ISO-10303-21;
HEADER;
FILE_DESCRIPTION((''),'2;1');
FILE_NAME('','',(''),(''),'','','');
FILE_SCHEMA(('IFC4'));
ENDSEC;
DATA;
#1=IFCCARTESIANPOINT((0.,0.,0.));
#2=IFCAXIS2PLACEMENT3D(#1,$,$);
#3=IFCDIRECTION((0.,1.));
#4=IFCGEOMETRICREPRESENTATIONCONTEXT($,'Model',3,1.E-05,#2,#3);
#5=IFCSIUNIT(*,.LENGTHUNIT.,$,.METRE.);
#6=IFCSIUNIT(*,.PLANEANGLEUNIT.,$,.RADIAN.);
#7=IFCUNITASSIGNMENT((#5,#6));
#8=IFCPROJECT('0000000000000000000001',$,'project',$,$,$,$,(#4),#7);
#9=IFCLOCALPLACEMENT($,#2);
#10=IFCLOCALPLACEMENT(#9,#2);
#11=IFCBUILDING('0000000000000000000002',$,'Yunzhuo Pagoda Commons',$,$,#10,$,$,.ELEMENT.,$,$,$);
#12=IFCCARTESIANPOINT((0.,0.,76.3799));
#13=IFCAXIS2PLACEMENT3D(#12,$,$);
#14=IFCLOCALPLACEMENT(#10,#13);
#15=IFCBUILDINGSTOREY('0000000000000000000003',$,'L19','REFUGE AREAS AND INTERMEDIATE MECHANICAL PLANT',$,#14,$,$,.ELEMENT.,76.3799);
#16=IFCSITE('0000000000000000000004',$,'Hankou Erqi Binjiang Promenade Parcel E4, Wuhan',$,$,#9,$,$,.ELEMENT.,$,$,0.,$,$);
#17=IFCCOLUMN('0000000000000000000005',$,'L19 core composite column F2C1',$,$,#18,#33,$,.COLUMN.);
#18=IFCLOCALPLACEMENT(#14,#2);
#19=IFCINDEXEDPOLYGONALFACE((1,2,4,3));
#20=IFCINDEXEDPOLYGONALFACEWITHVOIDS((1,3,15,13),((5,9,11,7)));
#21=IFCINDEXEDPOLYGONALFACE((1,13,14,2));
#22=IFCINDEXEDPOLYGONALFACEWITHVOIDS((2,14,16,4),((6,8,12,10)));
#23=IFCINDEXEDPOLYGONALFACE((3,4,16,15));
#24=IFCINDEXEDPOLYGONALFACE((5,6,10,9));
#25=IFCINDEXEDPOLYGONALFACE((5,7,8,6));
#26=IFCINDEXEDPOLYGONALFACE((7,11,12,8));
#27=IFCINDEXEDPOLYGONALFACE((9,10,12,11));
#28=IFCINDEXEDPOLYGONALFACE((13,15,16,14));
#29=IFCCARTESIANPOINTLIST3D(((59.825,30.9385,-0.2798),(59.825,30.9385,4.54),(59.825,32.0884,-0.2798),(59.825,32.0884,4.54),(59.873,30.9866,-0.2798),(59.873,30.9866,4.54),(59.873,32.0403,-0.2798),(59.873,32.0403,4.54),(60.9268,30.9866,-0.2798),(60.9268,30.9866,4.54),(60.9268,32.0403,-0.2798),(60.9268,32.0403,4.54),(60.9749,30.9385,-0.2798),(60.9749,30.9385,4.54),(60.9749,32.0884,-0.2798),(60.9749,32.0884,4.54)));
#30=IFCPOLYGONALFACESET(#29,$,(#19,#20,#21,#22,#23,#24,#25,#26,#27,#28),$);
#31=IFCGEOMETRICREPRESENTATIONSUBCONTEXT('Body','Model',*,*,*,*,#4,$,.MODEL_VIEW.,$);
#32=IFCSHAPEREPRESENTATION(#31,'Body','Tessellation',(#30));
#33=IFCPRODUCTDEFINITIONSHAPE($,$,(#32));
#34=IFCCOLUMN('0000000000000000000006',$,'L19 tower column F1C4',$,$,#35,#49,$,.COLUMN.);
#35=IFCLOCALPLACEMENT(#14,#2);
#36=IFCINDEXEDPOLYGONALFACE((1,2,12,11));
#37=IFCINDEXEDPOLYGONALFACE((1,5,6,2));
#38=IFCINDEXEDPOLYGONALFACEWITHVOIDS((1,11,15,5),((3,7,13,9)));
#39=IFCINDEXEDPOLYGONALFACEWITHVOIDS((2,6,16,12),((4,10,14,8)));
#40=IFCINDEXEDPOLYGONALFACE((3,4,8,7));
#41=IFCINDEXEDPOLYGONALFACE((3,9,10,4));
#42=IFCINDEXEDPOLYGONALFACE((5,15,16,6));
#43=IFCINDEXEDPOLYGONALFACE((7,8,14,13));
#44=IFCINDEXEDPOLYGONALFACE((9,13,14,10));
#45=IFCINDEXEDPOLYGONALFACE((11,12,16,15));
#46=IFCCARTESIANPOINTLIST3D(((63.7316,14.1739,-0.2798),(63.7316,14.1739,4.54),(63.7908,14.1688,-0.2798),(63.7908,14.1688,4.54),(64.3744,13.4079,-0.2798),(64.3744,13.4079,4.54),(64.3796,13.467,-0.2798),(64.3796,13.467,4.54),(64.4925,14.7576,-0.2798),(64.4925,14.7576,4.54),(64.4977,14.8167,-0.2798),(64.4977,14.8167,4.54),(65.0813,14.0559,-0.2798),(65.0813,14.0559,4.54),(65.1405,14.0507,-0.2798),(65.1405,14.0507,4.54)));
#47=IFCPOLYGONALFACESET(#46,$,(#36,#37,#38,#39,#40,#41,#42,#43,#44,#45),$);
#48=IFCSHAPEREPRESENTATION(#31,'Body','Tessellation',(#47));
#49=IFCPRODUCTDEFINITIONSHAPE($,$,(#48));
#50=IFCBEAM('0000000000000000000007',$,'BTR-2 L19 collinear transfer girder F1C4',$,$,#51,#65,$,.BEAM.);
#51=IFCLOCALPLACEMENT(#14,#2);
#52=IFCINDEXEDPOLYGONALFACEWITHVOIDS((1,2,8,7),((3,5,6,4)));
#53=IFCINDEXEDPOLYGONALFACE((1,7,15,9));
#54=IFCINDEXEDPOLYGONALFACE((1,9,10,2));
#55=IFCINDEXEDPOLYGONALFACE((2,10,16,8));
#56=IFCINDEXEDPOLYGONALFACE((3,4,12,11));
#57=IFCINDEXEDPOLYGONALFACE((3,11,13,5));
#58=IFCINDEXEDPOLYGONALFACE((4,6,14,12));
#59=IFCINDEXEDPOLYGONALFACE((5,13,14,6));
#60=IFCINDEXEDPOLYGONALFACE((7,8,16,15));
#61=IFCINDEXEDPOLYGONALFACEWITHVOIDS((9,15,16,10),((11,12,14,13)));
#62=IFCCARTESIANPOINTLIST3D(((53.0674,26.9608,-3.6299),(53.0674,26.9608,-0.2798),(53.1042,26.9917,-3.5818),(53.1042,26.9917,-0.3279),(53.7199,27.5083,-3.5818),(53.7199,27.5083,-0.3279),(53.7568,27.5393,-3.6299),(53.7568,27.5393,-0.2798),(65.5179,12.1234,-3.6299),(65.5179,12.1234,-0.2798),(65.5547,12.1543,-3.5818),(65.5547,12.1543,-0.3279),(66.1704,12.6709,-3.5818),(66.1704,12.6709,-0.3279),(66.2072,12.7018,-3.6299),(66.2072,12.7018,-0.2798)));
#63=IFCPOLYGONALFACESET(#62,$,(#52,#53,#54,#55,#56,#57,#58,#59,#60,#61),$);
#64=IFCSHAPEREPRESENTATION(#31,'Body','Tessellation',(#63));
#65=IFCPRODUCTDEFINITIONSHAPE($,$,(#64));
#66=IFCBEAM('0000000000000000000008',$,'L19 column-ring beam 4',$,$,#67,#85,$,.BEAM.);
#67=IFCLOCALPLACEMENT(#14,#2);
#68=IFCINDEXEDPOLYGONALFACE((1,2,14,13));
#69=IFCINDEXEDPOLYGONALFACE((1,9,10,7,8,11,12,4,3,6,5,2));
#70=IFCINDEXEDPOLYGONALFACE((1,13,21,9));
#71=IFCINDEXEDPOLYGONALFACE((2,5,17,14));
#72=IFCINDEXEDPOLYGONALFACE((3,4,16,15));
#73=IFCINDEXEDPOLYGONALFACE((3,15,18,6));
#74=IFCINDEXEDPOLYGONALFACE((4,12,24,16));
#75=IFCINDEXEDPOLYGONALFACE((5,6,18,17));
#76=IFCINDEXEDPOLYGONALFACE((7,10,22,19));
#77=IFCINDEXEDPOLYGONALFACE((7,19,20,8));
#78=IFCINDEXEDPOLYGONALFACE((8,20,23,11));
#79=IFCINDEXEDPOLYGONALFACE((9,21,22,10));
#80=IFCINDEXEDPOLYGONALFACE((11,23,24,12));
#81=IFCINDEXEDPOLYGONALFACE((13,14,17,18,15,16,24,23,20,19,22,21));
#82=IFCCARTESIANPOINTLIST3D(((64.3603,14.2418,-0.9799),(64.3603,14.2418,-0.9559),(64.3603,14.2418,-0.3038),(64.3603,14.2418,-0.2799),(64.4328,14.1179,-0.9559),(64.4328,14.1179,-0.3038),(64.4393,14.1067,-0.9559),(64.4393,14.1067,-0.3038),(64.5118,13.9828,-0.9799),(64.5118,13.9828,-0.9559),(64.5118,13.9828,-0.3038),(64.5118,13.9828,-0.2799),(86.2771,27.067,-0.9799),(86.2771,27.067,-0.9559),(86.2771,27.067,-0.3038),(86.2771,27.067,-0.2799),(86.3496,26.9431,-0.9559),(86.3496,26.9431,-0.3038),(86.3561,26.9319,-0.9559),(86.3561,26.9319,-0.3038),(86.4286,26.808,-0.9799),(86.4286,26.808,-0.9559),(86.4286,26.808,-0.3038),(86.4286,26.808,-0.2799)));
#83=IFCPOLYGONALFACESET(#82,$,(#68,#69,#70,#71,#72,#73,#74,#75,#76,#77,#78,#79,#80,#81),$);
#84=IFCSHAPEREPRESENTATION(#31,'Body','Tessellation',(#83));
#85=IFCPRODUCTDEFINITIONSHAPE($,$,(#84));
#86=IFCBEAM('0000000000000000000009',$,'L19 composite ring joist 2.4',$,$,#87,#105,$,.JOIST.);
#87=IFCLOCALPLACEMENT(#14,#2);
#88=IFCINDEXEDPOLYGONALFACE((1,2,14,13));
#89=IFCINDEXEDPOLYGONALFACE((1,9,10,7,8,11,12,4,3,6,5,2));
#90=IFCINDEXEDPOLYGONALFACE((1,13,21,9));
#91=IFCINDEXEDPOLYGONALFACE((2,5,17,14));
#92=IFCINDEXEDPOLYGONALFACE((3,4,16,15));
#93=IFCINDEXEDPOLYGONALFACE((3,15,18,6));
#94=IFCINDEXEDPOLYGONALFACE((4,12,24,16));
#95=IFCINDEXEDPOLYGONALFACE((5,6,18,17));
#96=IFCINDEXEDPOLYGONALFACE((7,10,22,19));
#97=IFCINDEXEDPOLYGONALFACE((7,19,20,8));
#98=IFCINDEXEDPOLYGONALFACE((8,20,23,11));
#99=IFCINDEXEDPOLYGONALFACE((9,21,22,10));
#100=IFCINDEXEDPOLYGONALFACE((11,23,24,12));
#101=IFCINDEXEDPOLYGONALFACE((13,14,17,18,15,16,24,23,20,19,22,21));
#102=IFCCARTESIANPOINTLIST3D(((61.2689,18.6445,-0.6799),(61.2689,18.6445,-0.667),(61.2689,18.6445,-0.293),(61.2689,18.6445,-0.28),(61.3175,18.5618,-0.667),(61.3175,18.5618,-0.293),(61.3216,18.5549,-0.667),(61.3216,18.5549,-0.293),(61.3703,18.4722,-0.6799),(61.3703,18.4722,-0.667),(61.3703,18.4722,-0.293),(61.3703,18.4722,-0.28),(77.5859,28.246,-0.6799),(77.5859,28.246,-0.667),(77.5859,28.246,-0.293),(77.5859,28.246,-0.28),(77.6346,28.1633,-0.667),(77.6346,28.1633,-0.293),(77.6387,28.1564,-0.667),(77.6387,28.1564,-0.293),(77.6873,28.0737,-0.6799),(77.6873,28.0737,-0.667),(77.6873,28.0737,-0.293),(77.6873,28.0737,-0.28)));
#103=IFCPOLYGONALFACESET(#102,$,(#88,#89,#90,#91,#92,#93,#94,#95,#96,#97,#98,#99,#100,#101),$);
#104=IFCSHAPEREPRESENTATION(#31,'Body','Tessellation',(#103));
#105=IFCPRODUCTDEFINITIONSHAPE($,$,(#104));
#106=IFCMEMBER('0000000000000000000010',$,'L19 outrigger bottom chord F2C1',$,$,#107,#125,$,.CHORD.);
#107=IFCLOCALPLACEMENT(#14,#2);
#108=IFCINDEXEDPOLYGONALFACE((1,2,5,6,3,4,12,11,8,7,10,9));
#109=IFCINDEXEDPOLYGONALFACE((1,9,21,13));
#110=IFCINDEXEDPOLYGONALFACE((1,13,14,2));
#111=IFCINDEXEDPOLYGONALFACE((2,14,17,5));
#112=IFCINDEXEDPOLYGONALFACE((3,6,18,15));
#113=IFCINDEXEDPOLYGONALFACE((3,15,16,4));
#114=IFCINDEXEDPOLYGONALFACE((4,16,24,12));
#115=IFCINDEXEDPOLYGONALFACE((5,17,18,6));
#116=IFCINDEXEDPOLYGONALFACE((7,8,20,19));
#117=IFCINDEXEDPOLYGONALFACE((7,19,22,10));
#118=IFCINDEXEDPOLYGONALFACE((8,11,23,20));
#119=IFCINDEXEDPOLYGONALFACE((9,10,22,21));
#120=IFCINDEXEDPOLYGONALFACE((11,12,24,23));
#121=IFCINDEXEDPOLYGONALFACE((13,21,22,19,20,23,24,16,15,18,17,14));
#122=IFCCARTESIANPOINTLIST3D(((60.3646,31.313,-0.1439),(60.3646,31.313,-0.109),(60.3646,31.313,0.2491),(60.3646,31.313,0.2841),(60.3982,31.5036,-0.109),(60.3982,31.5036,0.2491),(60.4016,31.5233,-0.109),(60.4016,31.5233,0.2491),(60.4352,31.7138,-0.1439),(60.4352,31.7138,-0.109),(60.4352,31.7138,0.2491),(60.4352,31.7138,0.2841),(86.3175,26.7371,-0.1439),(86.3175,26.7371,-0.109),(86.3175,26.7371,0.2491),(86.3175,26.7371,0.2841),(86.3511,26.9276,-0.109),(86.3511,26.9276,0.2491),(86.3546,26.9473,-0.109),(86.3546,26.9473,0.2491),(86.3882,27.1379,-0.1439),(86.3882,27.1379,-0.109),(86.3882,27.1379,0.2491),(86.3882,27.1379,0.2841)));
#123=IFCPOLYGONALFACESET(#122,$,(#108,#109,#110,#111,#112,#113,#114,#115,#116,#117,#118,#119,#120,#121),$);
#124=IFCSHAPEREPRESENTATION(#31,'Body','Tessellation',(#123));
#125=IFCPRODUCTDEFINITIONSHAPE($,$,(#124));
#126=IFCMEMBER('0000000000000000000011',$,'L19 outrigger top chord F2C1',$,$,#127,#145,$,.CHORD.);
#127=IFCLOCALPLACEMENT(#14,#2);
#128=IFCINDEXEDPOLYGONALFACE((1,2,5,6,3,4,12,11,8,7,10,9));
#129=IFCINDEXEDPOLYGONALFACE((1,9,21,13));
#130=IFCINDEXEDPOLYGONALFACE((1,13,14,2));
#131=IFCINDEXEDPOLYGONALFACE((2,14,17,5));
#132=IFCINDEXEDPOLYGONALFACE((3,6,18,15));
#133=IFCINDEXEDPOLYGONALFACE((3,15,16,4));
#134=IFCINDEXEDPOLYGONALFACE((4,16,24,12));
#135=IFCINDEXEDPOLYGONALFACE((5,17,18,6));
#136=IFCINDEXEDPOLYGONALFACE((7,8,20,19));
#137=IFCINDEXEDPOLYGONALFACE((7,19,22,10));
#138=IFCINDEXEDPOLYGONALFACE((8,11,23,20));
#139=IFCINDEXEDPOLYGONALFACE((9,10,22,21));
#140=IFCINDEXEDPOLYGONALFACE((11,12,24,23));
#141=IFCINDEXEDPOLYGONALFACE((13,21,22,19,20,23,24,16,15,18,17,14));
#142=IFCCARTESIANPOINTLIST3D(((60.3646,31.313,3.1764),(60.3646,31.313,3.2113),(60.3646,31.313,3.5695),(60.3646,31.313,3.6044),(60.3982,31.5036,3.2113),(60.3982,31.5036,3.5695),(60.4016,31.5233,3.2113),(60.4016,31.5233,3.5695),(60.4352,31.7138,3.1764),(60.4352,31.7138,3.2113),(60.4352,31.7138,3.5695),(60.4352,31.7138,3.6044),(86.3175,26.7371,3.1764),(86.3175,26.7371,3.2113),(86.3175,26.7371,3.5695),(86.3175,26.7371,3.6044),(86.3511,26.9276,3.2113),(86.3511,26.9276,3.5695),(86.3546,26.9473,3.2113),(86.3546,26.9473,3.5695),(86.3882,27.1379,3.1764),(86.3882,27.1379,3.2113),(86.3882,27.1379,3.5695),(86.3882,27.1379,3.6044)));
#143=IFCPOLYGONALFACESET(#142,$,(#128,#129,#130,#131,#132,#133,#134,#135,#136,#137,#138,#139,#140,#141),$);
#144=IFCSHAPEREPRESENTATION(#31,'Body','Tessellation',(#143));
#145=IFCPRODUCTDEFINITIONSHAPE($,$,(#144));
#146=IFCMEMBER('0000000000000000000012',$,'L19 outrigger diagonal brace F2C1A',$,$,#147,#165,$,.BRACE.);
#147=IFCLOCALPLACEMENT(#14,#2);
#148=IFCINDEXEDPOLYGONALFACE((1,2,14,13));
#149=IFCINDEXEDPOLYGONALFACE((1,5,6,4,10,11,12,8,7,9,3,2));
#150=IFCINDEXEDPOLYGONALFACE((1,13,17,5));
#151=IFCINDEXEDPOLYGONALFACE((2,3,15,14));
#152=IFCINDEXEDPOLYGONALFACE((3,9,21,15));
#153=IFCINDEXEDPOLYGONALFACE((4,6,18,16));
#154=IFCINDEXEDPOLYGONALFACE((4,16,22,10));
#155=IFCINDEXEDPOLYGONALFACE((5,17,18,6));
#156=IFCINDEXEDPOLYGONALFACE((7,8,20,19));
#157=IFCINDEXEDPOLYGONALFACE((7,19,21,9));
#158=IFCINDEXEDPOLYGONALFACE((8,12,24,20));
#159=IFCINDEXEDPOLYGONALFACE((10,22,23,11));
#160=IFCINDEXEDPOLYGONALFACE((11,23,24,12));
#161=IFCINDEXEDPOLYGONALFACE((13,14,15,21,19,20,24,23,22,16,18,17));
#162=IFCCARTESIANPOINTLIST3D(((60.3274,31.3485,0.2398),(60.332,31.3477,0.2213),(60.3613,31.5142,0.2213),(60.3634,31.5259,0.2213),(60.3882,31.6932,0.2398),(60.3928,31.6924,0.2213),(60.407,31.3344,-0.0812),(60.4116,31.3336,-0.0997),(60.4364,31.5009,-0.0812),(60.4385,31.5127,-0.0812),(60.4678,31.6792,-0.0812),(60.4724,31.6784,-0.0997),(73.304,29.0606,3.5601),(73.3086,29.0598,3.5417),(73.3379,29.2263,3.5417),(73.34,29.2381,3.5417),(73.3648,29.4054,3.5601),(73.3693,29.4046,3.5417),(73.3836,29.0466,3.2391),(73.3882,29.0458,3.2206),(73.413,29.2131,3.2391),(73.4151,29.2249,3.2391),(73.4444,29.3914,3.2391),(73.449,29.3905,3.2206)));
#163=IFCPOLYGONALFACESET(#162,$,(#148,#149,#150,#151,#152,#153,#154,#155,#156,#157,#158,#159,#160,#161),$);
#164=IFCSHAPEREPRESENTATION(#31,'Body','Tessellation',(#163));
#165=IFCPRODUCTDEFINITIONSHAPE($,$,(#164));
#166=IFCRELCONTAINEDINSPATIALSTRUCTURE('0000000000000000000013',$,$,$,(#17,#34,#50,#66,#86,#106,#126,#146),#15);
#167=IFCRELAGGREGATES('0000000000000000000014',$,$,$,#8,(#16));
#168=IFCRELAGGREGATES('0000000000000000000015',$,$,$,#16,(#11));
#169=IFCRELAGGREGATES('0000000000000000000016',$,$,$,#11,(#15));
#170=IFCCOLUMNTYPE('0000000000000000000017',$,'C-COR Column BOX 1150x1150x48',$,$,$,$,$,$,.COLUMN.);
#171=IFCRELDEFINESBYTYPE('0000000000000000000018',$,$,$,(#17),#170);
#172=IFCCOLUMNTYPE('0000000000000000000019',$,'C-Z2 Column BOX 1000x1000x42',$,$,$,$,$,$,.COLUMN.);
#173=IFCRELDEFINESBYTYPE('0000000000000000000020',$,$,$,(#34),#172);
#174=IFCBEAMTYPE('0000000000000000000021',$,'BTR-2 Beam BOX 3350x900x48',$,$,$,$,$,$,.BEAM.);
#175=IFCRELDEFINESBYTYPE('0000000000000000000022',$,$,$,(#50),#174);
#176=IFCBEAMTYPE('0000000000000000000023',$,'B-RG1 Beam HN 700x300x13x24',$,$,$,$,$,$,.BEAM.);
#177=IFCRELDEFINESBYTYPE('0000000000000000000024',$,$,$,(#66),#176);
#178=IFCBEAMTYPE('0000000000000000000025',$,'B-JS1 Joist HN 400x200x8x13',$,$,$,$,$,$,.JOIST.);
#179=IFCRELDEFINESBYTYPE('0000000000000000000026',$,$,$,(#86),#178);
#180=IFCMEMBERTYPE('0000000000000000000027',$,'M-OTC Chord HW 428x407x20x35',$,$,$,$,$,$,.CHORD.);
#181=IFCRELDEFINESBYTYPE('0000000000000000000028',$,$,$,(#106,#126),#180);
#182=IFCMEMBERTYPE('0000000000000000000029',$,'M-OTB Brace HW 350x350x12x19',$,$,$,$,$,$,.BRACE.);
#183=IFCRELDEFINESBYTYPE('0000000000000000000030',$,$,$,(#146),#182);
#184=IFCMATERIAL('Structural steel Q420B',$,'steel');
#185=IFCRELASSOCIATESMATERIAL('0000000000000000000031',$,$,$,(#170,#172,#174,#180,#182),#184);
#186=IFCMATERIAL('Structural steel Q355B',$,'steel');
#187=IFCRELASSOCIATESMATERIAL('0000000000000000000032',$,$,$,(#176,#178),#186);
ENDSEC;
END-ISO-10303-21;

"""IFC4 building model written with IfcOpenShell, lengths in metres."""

from ifc_helpers import new_model, si_unit, direction, frame, origin, origin_2d, place, context, subcontext, project, spatial, hollow_rectangle, i_section, extrude, source, transform, mapped, material, material_profile, profile_set, type_object, element, save


model = new_model("IFC4")

# Units and contexts
model_context = context("Model", 3, precision=1e-05, world=origin(), true_north=direction((0.0, 1.0)))
body_context = subcontext(model_context, "Body", "Model", "MODEL_VIEW")
ifc_project = project(units=[si_unit("LENGTHUNIT", "METRE"), si_unit("PLANEANGLEUNIT", "RADIAN")], contexts=[model_context])

# Site, building, storey
site_placement = place(None, origin())
site = spatial("IfcSite", under=ifc_project, at=site_placement, Name="Hankou Erqi Binjiang Promenade Parcel E4, Wuhan", CompositionType="ELEMENT", RefElevation=0.0)
building_placement = place(site_placement, origin())
building = spatial("IfcBuilding", under=site, at=building_placement, Name="Yunzhuo Pagoda Commons", CompositionType="ELEMENT")
storey_placement = place(building_placement, frame((0.0, 0.0, 76.3799)))
storey = spatial("IfcBuildingStorey", under=building, at=storey_placement, Name="L19", Description="REFUGE AREAS AND INTERMEDIATE MECHANICAL PLANT", CompositionType="ELEMENT", Elevation=76.3799)

# Columns
ifc_material_1 = material(Name="Structural steel Q420B", Category="steel")
ifc_material_profile_1 = material_profile(ifc_material_1, hollow_rectangle(XDim=1.1499, YDim=1.1499, WallThickness=0.0481, at=origin_2d()), Name="Structural steel Q420B")
ifc_profile_set_1 = profile_set([ifc_material_profile_1], Name="Structural steel Q420B")
column_type_1 = type_object("IfcColumnType", Name="C-COR Column BOX 1150x1150x48", PredefinedType="COLUMN", material=ifc_profile_set_1)
shared_shape_1 = source(origin(), body_context, "Body", "SweptSolid", [
    extrude(hollow_rectangle(XDim=1.1499, YDim=1.1499, WallThickness=0.0481, at=origin_2d()), origin(), (0.0, 0.0, 1.0), 4.8198),
])
column_1_placement = place(storey_placement, frame((60.3999, 31.5134, -0.2798), z_axis=(0.0, 0.0, 1.0), x_axis=(1.0, 0.0, 0.0)))
element("IfcColumn", 1, at=column_1_placement, inside=storey, type_object=column_type_1, Name="L19 core composite column F2C1", PredefinedType="COLUMN", context=body_context, shape_type="MappedRepresentation", body=[
    mapped(shared_shape_1, transform((0.0, 0.0, 0.0), scale=1.0)),
])
ifc_material_profile_2 = material_profile(ifc_material_1, hollow_rectangle(XDim=1.0, YDim=1.0, WallThickness=0.042, at=origin_2d()), Name="Structural steel Q420B")
ifc_profile_set_2 = profile_set([ifc_material_profile_2], Name="Structural steel Q420B")
column_type_2 = type_object("IfcColumnType", Name="C-Z2 Column BOX 1000x1000x42", PredefinedType="COLUMN", material=ifc_profile_set_2)
shared_shape_2 = source(origin(), body_context, "Body", "SweptSolid", [
    extrude(hollow_rectangle(XDim=1.0, YDim=1.0, WallThickness=0.042, at=origin_2d()), origin(), (0.0, 0.0, 1.0), 4.8198),
])
column_2_placement = place(storey_placement, frame((64.436, 14.1123, -0.2798), z_axis=(0.0, 0.0, 1.0), x_axis=(0.766044, 0.642788, 0.0)))
element("IfcColumn", 2, at=column_2_placement, inside=storey, type_object=column_type_2, Name="L19 tower column F1C4", PredefinedType="COLUMN", context=body_context, shape_type="MappedRepresentation", body=[
    mapped(shared_shape_2, transform((0.0, 0.0, 0.0), scale=1.0)),
])

# Beams
ifc_material_profile_3 = material_profile(ifc_material_1, hollow_rectangle(XDim=0.8999, YDim=3.3501, WallThickness=0.0481, at=origin_2d()), Name="Structural steel Q420B")
ifc_profile_set_3 = profile_set([ifc_material_profile_3], Name="Structural steel Q420B")
beam_type_1 = type_object("IfcBeamType", Name="BTR-2 Beam BOX 3350x900x48", PredefinedType="BEAM", material=ifc_profile_set_3)
shared_shape_3 = source(origin(), body_context, "Body", "SweptSolid", [
    extrude(hollow_rectangle(XDim=0.8999, YDim=3.3501, WallThickness=0.0481, at=origin_2d()), origin(), (0.0, 0.0, 1.0), 19.3691),
])
beam_1_placement = place(storey_placement, frame((65.8625, 12.4126, -1.9548), z_axis=(-0.642799, 0.766035, 0.0), x_axis=(-0.766035, -0.642799, 0.0)))
element("IfcBeam", 3, at=beam_1_placement, inside=storey, type_object=beam_type_1, Name="BTR-2 L19 collinear transfer girder F1C4", PredefinedType="BEAM", context=body_context, shape_type="MappedRepresentation", body=[
    mapped(shared_shape_3, transform((0.0, 0.0, 0.0), scale=1.0)),
])
ifc_material_2 = material(Name="Structural steel Q355B", Category="steel")
ifc_material_profile_4 = material_profile(ifc_material_2, i_section(OverallWidth=0.3, OverallDepth=0.7, WebThickness=0.0129, FlangeThickness=0.0239, at=origin_2d()), Name="Structural steel Q355B")
ifc_profile_set_4 = profile_set([ifc_material_profile_4], Name="Structural steel Q355B")
beam_type_2 = type_object("IfcBeamType", Name="B-RG1 Beam HN 700x300x13x24", PredefinedType="BEAM", material=ifc_profile_set_4)
shared_shape_4 = source(origin(), body_context, "Body", "SweptSolid", [
    extrude(i_section(OverallWidth=0.3, OverallDepth=0.7, WebThickness=0.0129, FlangeThickness=0.0239, at=origin_2d()), origin(), (0.0, 0.0, 1.0), 25.3936),
])
beam_2_placement = place(storey_placement, frame((64.436, 14.1123, -0.6299), z_axis=(0.863085, 0.505058, 0.0), x_axis=(-0.505058, 0.863085, 0.0)))
element("IfcBeam", 4, at=beam_2_placement, inside=storey, type_object=beam_type_2, Name="L19 column-ring beam 4", PredefinedType="BEAM", context=body_context, shape_type="MappedRepresentation", body=[
    mapped(shared_shape_4, transform((0.0, 0.0, 0.0), scale=1.0)),
])
ifc_material_profile_5 = material_profile(ifc_material_2, i_section(OverallWidth=0.2, OverallDepth=0.3999, WebThickness=0.0081, FlangeThickness=0.0129, at=origin_2d()), Name="Structural steel Q355B")
ifc_profile_set_5 = profile_set([ifc_material_profile_5], Name="Structural steel Q355B")
beam_type_3 = type_object("IfcBeamType", Name="B-JS1 Joist HN 400x200x8x13", PredefinedType="JOIST", material=ifc_profile_set_5)
shared_shape_5 = source(origin(), body_context, "Body", "SweptSolid", [
    extrude(i_section(OverallWidth=0.2, OverallDepth=0.3999, WebThickness=0.0081, FlangeThickness=0.0129, at=origin_2d()), origin(), (0.0, 0.0, 1.0), 18.9324),
])
beam_3_placement = place(storey_placement, frame((61.3196, 18.5583, -0.48), z_axis=(0.861859, 0.507147, 0.0), x_axis=(-0.507147, 0.861859, 0.0)))
element("IfcBeam", 5, at=beam_3_placement, inside=storey, type_object=beam_type_3, Name="L19 composite ring joist 2.4", PredefinedType="JOIST", context=body_context, shape_type="MappedRepresentation", body=[
    mapped(shared_shape_5, transform((0.0, 0.0, 0.0), scale=1.0)),
])

# Members
ifc_material_profile_6 = material_profile(ifc_material_1, i_section(OverallWidth=0.407, OverallDepth=0.428, WebThickness=0.02, FlangeThickness=0.0349, at=origin_2d()), Name="Structural steel Q420B")
ifc_profile_set_6 = profile_set([ifc_material_profile_6], Name="Structural steel Q420B")
member_type_1 = type_object("IfcMemberType", Name="M-OTC Chord HW 428x407x20x35", PredefinedType="CHORD", material=ifc_profile_set_6)
shared_shape_6 = source(origin(), body_context, "Body", "SweptSolid", [
    extrude(i_section(OverallWidth=0.407, OverallDepth=0.428, WebThickness=0.02, FlangeThickness=0.0349, at=origin_2d()), origin(), (0.0, 0.0, 1.0), 26.3533),
])
for number, where, z_axis, x_axis, name in (
    (6, (60.3999, 31.5134, 0.0701), (0.984809, -0.173638, 0.0), (0.173638, 0.984809, 0.0), "L19 outrigger bottom chord F2C1"),
    (7, (60.3999, 31.5134, 3.3904), (0.984809, -0.173638, 0.0), (0.173638, 0.984809, 0.0), "L19 outrigger top chord F2C1"),
):
    element("IfcMember", number, at=place(storey_placement, frame(where, z_axis=z_axis, x_axis=x_axis)), inside=storey, type_object=member_type_1, Name=name, PredefinedType="CHORD", context=body_context, shape_type="MappedRepresentation", body=[
        mapped(shared_shape_6, transform((0.0, 0.0, 0.0), scale=1.0)),
    ])
ifc_material_profile_7 = material_profile(ifc_material_1, i_section(OverallWidth=0.3501, OverallDepth=0.3501, WebThickness=0.012, FlangeThickness=0.019, at=origin_2d()), Name="Structural steel Q420B")
ifc_profile_set_7 = profile_set([ifc_material_profile_7], Name="Structural steel Q420B")
member_type_2 = type_object("IfcMemberType", Name="M-OTB Brace HW 350x350x12x19", PredefinedType="BRACE", material=ifc_profile_set_7)
shared_shape_7 = source(origin(), body_context, "Body", "SweptSolid", [
    extrude(i_section(OverallWidth=0.3501, OverallDepth=0.3501, WebThickness=0.012, FlangeThickness=0.019, at=origin_2d()), origin(), (0.0, 0.0, 1.0), 13.5886),
])
member_1_placement = place(storey_placement, frame((60.3999, 31.5134, 0.0701), z_axis=(0.95496, -0.168365, 0.244346), x_axis=(0.173628, 0.984811, 0.0)))
element("IfcMember", 8, at=member_1_placement, inside=storey, type_object=member_type_2, Name="L19 outrigger diagonal brace F2C1A", PredefinedType="BRACE", context=body_context, shape_type="MappedRepresentation", body=[
    mapped(shared_shape_7, transform((0.0, 0.0, 0.0), scale=1.0)),
])

save(model, "model.ifc")
